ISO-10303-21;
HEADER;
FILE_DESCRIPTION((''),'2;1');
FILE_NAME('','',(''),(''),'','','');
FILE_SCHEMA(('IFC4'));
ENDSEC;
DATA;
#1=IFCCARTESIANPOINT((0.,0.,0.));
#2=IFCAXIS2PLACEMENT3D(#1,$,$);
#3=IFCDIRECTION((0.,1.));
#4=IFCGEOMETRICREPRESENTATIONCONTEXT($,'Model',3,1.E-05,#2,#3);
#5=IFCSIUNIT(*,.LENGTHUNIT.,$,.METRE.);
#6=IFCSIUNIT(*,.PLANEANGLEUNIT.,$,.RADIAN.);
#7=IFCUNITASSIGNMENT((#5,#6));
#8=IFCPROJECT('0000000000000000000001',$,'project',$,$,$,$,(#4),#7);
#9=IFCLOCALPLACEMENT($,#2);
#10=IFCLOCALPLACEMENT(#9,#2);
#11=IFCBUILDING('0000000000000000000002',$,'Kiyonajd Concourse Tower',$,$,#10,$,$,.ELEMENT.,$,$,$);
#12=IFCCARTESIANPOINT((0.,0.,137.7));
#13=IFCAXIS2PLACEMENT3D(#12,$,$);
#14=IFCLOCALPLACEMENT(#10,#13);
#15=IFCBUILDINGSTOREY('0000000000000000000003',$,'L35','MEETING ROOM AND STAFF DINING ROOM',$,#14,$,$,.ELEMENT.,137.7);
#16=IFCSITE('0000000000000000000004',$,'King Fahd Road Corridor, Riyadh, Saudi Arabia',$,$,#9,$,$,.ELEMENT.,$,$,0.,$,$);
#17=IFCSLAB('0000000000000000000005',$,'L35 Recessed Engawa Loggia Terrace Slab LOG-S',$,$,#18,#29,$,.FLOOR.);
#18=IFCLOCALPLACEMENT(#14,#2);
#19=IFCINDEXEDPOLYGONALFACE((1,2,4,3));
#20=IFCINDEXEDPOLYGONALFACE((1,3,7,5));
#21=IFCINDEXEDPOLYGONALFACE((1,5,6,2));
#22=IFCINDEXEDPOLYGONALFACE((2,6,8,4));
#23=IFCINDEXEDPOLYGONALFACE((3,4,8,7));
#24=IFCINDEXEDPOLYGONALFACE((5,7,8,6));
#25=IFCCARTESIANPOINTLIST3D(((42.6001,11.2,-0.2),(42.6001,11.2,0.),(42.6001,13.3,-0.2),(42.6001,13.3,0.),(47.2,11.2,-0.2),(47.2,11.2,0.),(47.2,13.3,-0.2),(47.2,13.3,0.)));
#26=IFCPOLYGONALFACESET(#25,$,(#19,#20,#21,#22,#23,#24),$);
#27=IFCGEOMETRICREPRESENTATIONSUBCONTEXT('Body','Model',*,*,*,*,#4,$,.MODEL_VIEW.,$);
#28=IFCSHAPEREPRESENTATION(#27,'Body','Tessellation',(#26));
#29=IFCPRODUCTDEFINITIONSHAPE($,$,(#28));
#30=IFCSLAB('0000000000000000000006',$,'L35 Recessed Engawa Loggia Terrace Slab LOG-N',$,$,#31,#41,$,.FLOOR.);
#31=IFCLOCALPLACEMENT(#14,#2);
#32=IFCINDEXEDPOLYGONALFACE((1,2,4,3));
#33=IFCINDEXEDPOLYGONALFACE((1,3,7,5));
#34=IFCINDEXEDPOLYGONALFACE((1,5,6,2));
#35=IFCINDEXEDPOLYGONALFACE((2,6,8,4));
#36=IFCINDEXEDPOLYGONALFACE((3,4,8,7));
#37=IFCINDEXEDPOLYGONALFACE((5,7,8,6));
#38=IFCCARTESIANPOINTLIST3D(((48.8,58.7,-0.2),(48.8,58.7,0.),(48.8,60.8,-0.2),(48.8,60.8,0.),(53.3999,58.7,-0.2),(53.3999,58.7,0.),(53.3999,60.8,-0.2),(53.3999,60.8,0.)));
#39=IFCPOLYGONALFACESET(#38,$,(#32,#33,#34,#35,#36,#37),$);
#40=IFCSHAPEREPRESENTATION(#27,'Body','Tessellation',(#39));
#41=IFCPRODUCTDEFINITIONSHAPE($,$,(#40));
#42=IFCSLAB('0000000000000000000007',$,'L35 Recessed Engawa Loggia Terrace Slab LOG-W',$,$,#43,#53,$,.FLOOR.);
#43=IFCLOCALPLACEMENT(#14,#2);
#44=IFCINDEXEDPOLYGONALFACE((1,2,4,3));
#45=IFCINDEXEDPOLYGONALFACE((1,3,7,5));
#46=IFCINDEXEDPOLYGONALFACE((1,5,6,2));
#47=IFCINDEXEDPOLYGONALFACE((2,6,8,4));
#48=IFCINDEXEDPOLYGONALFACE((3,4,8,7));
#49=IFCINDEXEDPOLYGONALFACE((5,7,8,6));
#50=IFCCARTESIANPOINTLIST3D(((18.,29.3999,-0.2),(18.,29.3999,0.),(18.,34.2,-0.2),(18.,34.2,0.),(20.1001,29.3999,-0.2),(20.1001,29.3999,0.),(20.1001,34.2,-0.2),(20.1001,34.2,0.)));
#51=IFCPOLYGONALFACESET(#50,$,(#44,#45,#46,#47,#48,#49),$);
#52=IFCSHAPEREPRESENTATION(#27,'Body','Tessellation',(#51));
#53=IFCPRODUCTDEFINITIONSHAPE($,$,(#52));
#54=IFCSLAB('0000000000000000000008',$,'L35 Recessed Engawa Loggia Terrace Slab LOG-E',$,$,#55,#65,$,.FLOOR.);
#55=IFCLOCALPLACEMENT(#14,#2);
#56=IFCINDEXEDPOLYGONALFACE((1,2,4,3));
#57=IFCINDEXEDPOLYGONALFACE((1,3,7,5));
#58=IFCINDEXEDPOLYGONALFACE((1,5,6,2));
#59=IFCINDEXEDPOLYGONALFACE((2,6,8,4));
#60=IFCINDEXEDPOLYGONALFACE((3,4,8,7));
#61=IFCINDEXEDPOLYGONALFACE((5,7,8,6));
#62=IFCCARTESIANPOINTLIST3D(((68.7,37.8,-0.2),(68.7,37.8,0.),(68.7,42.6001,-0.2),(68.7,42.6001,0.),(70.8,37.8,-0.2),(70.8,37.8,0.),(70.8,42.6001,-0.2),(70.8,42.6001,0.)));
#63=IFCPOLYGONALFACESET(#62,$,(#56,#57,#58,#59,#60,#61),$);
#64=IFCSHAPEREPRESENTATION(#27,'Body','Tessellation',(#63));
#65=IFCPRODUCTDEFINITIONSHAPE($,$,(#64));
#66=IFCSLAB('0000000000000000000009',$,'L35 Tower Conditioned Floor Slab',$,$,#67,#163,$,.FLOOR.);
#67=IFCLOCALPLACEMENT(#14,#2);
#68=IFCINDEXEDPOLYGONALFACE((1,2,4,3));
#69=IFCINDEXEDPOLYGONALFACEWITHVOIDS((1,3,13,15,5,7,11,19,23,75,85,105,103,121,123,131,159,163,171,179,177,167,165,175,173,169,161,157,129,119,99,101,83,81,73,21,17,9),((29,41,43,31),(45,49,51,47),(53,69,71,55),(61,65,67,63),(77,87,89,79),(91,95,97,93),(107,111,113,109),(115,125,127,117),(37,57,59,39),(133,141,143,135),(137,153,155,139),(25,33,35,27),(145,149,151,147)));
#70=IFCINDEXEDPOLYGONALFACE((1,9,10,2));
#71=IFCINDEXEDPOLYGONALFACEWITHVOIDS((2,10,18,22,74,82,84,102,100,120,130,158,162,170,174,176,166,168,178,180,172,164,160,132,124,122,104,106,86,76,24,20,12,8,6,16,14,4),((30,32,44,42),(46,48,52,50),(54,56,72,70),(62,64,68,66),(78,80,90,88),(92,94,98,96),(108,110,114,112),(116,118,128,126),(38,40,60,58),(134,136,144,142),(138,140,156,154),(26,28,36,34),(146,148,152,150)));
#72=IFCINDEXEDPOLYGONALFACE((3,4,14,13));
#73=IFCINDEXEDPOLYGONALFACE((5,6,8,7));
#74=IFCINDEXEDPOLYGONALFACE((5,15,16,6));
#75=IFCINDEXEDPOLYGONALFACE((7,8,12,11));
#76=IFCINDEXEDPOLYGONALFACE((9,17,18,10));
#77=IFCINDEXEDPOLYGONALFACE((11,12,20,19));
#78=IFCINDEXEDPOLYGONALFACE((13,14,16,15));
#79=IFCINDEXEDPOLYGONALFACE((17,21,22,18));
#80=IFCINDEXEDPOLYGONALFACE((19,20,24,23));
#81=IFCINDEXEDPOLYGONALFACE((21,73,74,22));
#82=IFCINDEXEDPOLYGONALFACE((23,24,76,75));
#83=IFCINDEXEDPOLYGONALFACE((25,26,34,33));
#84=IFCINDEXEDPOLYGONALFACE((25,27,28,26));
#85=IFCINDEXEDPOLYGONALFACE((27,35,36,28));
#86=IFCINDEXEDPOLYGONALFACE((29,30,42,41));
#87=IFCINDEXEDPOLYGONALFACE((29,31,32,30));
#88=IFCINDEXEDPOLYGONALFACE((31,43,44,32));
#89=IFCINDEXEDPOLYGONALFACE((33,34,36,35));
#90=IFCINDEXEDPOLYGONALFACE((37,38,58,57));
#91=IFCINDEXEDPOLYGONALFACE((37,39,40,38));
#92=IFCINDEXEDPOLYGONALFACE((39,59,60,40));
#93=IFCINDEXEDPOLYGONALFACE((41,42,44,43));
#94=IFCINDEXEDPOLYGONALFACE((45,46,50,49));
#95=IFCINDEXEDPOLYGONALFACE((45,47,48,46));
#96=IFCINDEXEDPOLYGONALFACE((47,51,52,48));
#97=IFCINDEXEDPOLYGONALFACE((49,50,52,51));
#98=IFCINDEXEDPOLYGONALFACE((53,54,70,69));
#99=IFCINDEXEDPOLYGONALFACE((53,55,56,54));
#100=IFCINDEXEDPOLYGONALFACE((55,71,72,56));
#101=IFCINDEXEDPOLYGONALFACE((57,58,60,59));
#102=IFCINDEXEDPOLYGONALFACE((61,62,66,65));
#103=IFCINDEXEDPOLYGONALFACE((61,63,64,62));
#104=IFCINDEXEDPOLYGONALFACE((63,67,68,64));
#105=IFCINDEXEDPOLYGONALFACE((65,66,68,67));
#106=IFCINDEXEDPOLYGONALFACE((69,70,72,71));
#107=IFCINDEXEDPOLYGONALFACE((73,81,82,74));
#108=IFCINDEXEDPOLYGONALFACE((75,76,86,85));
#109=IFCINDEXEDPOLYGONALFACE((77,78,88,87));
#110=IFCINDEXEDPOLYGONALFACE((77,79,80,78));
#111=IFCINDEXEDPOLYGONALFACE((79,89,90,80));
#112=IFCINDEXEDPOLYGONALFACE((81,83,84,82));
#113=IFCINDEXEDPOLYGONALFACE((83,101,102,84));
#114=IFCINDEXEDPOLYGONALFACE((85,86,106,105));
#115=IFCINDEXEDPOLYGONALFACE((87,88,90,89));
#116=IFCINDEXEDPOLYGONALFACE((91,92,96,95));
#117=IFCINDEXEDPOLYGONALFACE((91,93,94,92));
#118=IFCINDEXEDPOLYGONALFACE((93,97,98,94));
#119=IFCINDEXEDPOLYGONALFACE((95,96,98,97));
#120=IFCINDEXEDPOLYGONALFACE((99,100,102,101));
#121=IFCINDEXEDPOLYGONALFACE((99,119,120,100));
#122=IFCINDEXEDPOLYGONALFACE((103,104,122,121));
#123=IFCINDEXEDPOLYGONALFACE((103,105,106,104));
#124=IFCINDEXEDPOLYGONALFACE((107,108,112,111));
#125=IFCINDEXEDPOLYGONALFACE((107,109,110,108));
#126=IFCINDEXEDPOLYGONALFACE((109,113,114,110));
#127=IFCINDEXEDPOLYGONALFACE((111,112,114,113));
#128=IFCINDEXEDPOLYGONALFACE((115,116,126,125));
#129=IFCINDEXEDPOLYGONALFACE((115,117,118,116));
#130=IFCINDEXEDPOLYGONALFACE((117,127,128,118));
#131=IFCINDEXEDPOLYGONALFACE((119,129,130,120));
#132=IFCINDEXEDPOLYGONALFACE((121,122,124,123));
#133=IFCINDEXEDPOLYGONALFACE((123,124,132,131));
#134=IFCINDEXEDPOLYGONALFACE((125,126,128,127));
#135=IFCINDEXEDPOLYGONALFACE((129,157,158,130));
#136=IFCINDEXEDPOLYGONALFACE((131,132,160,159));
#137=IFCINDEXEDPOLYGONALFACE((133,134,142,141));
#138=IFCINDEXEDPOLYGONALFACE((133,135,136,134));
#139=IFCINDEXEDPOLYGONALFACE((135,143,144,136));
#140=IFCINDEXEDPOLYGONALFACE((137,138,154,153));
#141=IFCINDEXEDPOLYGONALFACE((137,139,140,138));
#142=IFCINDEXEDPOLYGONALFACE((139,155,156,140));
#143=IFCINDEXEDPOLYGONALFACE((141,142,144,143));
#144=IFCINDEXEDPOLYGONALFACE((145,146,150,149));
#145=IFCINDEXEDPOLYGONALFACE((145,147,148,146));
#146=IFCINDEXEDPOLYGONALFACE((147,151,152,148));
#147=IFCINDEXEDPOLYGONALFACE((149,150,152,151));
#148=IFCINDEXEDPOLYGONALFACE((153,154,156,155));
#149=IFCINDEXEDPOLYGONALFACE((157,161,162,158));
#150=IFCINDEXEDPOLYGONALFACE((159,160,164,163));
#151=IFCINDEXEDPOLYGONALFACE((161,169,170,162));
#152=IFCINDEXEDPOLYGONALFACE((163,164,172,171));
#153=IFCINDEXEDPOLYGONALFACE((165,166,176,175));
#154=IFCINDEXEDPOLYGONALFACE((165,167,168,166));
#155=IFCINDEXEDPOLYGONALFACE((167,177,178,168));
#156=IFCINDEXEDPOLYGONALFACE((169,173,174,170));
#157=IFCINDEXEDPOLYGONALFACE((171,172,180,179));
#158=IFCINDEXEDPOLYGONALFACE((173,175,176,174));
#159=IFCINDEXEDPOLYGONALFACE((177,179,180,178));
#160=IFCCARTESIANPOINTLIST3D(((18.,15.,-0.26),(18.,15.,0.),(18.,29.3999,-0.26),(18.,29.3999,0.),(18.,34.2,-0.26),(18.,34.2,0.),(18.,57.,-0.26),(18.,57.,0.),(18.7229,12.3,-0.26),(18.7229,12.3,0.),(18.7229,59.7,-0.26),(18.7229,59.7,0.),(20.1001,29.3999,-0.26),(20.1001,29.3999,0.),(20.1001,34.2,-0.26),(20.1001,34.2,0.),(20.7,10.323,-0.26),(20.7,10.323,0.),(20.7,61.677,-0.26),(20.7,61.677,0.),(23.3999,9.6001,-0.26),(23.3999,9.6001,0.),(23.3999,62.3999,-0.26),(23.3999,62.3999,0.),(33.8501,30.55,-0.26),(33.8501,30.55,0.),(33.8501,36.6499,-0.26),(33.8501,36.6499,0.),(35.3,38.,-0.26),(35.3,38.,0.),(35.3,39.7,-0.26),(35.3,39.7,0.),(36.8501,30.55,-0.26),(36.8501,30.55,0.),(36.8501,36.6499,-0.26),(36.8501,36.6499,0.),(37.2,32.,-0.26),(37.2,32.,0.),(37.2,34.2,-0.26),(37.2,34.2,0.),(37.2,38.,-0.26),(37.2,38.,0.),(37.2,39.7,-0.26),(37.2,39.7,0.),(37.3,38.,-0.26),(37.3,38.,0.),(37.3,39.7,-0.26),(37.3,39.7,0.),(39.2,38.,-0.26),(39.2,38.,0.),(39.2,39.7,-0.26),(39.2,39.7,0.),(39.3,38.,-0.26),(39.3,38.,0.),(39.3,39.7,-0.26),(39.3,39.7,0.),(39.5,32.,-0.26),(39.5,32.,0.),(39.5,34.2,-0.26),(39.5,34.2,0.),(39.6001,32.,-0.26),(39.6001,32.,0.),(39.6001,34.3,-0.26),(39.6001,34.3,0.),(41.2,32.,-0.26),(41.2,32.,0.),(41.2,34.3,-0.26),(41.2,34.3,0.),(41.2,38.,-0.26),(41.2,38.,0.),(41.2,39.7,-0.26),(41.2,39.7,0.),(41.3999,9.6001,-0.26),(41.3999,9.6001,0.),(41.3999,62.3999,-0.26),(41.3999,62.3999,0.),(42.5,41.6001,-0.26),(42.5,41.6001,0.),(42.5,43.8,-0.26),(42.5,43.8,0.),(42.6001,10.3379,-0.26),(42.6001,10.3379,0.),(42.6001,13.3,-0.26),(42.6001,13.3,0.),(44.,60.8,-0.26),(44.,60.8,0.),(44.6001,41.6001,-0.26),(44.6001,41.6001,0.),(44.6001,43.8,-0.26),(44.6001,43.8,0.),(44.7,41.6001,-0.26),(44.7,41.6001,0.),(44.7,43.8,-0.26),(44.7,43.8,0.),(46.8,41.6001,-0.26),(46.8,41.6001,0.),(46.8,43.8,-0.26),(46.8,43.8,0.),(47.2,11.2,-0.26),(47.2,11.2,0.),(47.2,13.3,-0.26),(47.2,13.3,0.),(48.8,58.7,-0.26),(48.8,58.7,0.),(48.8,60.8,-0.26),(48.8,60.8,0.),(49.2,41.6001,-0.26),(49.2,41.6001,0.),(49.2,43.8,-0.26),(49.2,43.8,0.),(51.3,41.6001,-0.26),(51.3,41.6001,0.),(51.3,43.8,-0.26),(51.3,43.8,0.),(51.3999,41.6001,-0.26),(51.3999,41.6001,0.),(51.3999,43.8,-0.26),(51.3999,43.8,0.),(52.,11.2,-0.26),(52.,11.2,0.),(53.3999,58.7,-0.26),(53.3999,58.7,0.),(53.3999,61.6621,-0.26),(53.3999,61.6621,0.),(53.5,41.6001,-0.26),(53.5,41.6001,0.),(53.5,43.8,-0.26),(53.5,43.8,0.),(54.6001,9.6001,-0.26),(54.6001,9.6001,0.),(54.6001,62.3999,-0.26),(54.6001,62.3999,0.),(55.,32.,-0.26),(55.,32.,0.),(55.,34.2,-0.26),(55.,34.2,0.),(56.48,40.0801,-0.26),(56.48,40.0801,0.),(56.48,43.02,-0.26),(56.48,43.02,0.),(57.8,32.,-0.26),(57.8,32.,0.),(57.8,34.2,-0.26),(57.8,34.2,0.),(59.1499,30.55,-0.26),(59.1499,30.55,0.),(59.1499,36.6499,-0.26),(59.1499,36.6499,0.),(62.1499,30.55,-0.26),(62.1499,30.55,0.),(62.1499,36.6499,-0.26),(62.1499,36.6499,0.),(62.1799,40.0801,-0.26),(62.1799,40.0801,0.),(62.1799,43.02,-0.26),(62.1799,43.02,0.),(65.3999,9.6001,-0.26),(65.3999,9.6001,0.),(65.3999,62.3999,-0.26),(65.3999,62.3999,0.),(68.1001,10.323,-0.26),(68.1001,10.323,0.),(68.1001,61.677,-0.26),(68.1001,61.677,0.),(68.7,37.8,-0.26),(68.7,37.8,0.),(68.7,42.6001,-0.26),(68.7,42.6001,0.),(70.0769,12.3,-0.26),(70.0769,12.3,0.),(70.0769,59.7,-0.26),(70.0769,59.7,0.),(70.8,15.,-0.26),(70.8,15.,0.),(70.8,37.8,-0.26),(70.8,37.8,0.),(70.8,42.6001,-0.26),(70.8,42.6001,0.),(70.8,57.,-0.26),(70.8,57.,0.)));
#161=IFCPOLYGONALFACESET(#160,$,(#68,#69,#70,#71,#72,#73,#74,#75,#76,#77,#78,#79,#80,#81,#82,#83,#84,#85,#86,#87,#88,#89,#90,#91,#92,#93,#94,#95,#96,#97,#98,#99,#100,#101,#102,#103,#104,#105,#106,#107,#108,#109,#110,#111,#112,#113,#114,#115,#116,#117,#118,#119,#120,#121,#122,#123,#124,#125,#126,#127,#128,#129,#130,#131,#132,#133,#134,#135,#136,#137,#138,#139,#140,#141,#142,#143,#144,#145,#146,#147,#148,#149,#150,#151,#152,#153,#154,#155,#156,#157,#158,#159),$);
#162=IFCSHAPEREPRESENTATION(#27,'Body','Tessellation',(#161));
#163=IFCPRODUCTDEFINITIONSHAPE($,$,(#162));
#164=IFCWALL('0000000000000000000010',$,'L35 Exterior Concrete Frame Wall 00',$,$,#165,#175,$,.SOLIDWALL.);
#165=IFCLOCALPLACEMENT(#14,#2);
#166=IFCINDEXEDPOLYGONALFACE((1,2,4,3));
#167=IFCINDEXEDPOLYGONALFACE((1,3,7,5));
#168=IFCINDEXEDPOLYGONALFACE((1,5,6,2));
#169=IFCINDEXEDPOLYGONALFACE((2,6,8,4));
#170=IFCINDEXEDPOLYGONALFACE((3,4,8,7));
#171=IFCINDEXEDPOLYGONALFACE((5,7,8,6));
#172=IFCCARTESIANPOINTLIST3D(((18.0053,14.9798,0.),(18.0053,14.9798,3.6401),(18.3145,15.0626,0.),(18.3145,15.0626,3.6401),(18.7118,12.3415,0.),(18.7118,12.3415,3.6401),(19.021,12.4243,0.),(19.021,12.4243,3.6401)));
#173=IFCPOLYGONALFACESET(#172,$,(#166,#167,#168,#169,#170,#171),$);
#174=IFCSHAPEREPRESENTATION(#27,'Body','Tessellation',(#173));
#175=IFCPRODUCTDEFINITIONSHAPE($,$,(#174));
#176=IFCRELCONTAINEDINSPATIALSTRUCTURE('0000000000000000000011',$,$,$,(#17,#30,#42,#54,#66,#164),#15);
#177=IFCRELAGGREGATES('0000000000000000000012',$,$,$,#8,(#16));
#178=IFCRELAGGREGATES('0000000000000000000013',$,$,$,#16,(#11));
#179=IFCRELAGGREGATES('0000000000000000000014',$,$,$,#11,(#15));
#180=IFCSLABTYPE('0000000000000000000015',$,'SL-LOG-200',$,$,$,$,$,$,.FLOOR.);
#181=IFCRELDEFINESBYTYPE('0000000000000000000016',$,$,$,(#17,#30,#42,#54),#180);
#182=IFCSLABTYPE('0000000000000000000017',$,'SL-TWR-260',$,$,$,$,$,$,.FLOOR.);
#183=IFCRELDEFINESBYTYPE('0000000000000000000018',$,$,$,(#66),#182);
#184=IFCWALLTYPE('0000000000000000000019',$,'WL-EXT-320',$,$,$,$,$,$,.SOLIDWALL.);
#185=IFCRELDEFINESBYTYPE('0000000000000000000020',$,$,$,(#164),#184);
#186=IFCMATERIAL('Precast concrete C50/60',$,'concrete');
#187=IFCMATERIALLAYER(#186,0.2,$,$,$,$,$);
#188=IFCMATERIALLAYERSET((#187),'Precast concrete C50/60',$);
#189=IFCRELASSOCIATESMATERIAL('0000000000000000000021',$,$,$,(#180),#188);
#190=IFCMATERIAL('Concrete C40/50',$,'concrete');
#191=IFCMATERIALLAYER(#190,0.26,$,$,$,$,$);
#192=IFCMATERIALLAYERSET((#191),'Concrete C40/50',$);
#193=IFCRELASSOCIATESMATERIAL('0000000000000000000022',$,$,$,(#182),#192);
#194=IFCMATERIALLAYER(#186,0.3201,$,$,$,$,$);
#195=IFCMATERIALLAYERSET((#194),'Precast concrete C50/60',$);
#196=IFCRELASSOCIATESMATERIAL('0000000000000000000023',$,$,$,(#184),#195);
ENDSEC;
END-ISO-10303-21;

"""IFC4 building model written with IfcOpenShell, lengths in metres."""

from ifc_helpers import new_model, si_unit, direction, frame, frame_2d, origin, place, context, subcontext, project, spatial, polyline, rectangle, outline, extrude, material, layer, layer_set, type_object, element, save


model = new_model("IFC4")

# Units and contexts
model_context = context("Model", 3, precision=1e-05, world=origin(), true_north=direction((0.0, 1.0)))
body_context = subcontext(model_context, "Body", "Model", "MODEL_VIEW")
ifc_project = project(units=[si_unit("LENGTHUNIT", "METRE"), si_unit("PLANEANGLEUNIT", "RADIAN")], contexts=[model_context])

# Site, building, storey
site_placement = place(None, origin())
site = spatial("IfcSite", under=ifc_project, at=site_placement, Name="King Fahd Road Corridor, Riyadh, Saudi Arabia", CompositionType="ELEMENT", RefElevation=0.0)
building_placement = place(site_placement, origin())
building = spatial("IfcBuilding", under=site, at=building_placement, Name="Kiyonajd Concourse Tower", CompositionType="ELEMENT")
storey_placement = place(building_placement, frame((0.0, 0.0, 137.7)))
storey = spatial("IfcBuildingStorey", under=building, at=storey_placement, Name="L35", Description="MEETING ROOM AND STAFF DINING ROOM", CompositionType="ELEMENT", Elevation=137.7)

# Shared definitions
ifc_material_1 = material(Name="Precast concrete C50/60", Category="concrete")

# Shared definitions
ifc_material_2 = material(Name="Concrete C40/50", Category="concrete")

# Slabs
ifc_layer_1 = layer(ifc_material_1, 0.2)
ifc_layer_set_1 = layer_set([ifc_layer_1], Name="Precast concrete C50/60")
slab_type_1 = type_object("IfcSlabType", Name="SL-LOG-200", PredefinedType="FLOOR", material=ifc_layer_set_1)
slab_1_placement = place(storey_placement, frame((0.0, 0.0, -0.2)))
element("IfcSlab", 1, at=slab_1_placement, inside=storey, type_object=slab_type_1, Name="L35 Recessed Engawa Loggia Terrace Slab LOG-S", PredefinedType="FLOOR", context=body_context, shape_type="SweptSolid", body=[
    extrude(outline(polyline([(42.6001, 11.2), (47.2, 11.2), (47.2, 13.3), (42.6001, 13.3), (42.6001, 11.2)])), origin(), (0.0, 0.0, 1.0), 0.2),
])
slab_2_placement = place(storey_placement, frame((0.0, 0.0, -0.2)))
element("IfcSlab", 2, at=slab_2_placement, inside=storey, type_object=slab_type_1, Name="L35 Recessed Engawa Loggia Terrace Slab LOG-N", PredefinedType="FLOOR", context=body_context, shape_type="SweptSolid", body=[
    extrude(outline(polyline([(48.8, 58.7), (53.3999, 58.7), (53.3999, 60.8), (48.8, 60.8), (48.8, 58.7)])), origin(), (0.0, 0.0, 1.0), 0.2),
])
slab_3_placement = place(storey_placement, frame((0.0, 0.0, -0.2)))
element("IfcSlab", 3, at=slab_3_placement, inside=storey, type_object=slab_type_1, Name="L35 Recessed Engawa Loggia Terrace Slab LOG-W", PredefinedType="FLOOR", context=body_context, shape_type="SweptSolid", body=[
    extrude(outline(polyline([(18.0, 29.3999), (20.1001, 29.3999), (20.1001, 34.2), (18.0, 34.2), (18.0, 29.3999)])), origin(), (0.0, 0.0, 1.0), 0.2),
])
slab_4_placement = place(storey_placement, frame((0.0, 0.0, -0.2)))
element("IfcSlab", 4, at=slab_4_placement, inside=storey, type_object=slab_type_1, Name="L35 Recessed Engawa Loggia Terrace Slab LOG-E", PredefinedType="FLOOR", context=body_context, shape_type="SweptSolid", body=[
    extrude(outline(polyline([(68.7, 37.8), (70.8, 37.8), (70.8, 42.6001), (68.7, 42.6001), (68.7, 37.8)])), origin(), (0.0, 0.0, 1.0), 0.2),
])
ifc_layer_2 = layer(ifc_material_2, 0.26)
ifc_layer_set_2 = layer_set([ifc_layer_2], Name="Concrete C40/50")
slab_type_2 = type_object("IfcSlabType", Name="SL-TWR-260", PredefinedType="FLOOR", material=ifc_layer_set_2)
slab_5_placement = place(storey_placement, frame((0.0, 0.0, -0.26)))
element("IfcSlab", 5, at=slab_5_placement, inside=storey, type_object=slab_type_2, Name="L35 Tower Conditioned Floor Slab", PredefinedType="FLOOR", context=body_context, shape_type="SweptSolid", body=[
    extrude(outline(polyline([(18.7229, 12.3), (18.0, 15.0), (18.0, 29.3999), (20.1001, 29.3999), (20.1001, 34.2), (18.0, 34.2), (18.0, 57.0), (18.7229, 59.7), (20.7, 61.677), (23.3999, 62.3999), (41.3999, 62.3999), (44.0, 60.8), (48.8, 60.8), (48.8, 58.7), (53.3999, 58.7), (53.3999, 61.6621), (54.6001, 62.3999), (65.3999, 62.3999), (68.1001, 61.677), (70.0769, 59.7), (70.8, 57.0), (70.8, 42.6001), (68.7, 42.6001), (68.7, 37.8), (70.8, 37.8), (70.8, 15.0), (70.0769, 12.3), (68.1001, 10.323), (65.3999, 9.6001), (54.6001, 9.6001), (52.0, 11.2), (47.2, 11.2), (47.2, 13.3), (42.6001, 13.3), (42.6001, 10.3379), (41.3999, 9.6001), (23.3999, 9.6001), (20.7, 10.323), (18.7229, 12.3)]), holes=[polyline([(39.5, 32.0), (37.2, 32.0), (37.2, 34.2), (39.5, 34.2), (39.5, 32.0)]), polyline([(39.6001, 32.0), (39.6001, 34.3), (41.2, 34.3), (41.2, 32.0), (39.6001, 32.0)]), polyline([(33.8501, 30.55), (33.8501, 36.6499), (36.8501, 36.6499), (36.8501, 30.55), (33.8501, 30.55)]), polyline([(37.2, 38.0), (35.3, 38.0), (35.3, 39.7), (37.2, 39.7), (37.2, 38.0)]), polyline([(37.3, 38.0), (37.3, 39.7), (39.2, 39.7), (39.2, 38.0), (37.3, 38.0)]), polyline([(39.3, 38.0), (39.3, 39.7), (41.2, 39.7), (41.2, 38.0), (39.3, 38.0)]), polyline([(44.6001, 41.6001), (42.5, 41.6001), (42.5, 43.8), (44.6001, 43.8), (44.6001, 41.6001)]), polyline([(55.0, 32.0), (55.0, 34.2), (57.8, 34.2), (57.8, 32.0), (55.0, 32.0)]), polyline([(59.1499, 30.55), (59.1499, 36.6499), (62.1499, 36.6499), (62.1499, 30.55), (59.1499, 30.55)]), polyline([(56.48, 43.02), (62.1799, 43.02), (62.1799, 40.0801), (56.48, 40.0801), (56.48, 43.02)]), polyline([(44.7, 41.6001), (44.7, 43.8), (46.8, 43.8), (46.8, 41.6001), (44.7, 41.6001)]), polyline([(49.2, 41.6001), (49.2, 43.8), (51.3, 43.8), (51.3, 41.6001), (49.2, 41.6001)]), polyline([(51.3999, 41.6001), (51.3999, 43.8), (53.5, 43.8), (53.5, 41.6001), (51.3999, 41.6001)])]), origin(), (0.0, 0.0, 1.0), 0.26),
])

# Wall
ifc_layer_3 = layer(ifc_material_1, 0.3201)
ifc_layer_set_3 = layer_set([ifc_layer_3], Name="Precast concrete C50/60")
wall_type_1 = type_object("IfcWallType", Name="WL-EXT-320", PredefinedType="SOLIDWALL", material=ifc_layer_set_3)
wall_1_placement = place(storey_placement, frame((18.8665, 12.3828, 0.0), z_axis=(0.0, 0.0, 1.0), x_axis=(-0.258697, 0.965958, 0.0)))
element("IfcWall", 6, at=wall_1_placement, inside=storey, type_object=wall_type_1, Name="L35 Exterior Concrete Frame Wall 00", PredefinedType="SOLIDWALL", context=body_context, shape_type="SweptSolid", body=[
    extrude(rectangle(XDim=2.7312, YDim=0.3201, at=frame_2d((1.3657, 0.0))), origin(), (0.0, 0.0, 1.0), 3.6401),
])

save(model, "model.ifc")
